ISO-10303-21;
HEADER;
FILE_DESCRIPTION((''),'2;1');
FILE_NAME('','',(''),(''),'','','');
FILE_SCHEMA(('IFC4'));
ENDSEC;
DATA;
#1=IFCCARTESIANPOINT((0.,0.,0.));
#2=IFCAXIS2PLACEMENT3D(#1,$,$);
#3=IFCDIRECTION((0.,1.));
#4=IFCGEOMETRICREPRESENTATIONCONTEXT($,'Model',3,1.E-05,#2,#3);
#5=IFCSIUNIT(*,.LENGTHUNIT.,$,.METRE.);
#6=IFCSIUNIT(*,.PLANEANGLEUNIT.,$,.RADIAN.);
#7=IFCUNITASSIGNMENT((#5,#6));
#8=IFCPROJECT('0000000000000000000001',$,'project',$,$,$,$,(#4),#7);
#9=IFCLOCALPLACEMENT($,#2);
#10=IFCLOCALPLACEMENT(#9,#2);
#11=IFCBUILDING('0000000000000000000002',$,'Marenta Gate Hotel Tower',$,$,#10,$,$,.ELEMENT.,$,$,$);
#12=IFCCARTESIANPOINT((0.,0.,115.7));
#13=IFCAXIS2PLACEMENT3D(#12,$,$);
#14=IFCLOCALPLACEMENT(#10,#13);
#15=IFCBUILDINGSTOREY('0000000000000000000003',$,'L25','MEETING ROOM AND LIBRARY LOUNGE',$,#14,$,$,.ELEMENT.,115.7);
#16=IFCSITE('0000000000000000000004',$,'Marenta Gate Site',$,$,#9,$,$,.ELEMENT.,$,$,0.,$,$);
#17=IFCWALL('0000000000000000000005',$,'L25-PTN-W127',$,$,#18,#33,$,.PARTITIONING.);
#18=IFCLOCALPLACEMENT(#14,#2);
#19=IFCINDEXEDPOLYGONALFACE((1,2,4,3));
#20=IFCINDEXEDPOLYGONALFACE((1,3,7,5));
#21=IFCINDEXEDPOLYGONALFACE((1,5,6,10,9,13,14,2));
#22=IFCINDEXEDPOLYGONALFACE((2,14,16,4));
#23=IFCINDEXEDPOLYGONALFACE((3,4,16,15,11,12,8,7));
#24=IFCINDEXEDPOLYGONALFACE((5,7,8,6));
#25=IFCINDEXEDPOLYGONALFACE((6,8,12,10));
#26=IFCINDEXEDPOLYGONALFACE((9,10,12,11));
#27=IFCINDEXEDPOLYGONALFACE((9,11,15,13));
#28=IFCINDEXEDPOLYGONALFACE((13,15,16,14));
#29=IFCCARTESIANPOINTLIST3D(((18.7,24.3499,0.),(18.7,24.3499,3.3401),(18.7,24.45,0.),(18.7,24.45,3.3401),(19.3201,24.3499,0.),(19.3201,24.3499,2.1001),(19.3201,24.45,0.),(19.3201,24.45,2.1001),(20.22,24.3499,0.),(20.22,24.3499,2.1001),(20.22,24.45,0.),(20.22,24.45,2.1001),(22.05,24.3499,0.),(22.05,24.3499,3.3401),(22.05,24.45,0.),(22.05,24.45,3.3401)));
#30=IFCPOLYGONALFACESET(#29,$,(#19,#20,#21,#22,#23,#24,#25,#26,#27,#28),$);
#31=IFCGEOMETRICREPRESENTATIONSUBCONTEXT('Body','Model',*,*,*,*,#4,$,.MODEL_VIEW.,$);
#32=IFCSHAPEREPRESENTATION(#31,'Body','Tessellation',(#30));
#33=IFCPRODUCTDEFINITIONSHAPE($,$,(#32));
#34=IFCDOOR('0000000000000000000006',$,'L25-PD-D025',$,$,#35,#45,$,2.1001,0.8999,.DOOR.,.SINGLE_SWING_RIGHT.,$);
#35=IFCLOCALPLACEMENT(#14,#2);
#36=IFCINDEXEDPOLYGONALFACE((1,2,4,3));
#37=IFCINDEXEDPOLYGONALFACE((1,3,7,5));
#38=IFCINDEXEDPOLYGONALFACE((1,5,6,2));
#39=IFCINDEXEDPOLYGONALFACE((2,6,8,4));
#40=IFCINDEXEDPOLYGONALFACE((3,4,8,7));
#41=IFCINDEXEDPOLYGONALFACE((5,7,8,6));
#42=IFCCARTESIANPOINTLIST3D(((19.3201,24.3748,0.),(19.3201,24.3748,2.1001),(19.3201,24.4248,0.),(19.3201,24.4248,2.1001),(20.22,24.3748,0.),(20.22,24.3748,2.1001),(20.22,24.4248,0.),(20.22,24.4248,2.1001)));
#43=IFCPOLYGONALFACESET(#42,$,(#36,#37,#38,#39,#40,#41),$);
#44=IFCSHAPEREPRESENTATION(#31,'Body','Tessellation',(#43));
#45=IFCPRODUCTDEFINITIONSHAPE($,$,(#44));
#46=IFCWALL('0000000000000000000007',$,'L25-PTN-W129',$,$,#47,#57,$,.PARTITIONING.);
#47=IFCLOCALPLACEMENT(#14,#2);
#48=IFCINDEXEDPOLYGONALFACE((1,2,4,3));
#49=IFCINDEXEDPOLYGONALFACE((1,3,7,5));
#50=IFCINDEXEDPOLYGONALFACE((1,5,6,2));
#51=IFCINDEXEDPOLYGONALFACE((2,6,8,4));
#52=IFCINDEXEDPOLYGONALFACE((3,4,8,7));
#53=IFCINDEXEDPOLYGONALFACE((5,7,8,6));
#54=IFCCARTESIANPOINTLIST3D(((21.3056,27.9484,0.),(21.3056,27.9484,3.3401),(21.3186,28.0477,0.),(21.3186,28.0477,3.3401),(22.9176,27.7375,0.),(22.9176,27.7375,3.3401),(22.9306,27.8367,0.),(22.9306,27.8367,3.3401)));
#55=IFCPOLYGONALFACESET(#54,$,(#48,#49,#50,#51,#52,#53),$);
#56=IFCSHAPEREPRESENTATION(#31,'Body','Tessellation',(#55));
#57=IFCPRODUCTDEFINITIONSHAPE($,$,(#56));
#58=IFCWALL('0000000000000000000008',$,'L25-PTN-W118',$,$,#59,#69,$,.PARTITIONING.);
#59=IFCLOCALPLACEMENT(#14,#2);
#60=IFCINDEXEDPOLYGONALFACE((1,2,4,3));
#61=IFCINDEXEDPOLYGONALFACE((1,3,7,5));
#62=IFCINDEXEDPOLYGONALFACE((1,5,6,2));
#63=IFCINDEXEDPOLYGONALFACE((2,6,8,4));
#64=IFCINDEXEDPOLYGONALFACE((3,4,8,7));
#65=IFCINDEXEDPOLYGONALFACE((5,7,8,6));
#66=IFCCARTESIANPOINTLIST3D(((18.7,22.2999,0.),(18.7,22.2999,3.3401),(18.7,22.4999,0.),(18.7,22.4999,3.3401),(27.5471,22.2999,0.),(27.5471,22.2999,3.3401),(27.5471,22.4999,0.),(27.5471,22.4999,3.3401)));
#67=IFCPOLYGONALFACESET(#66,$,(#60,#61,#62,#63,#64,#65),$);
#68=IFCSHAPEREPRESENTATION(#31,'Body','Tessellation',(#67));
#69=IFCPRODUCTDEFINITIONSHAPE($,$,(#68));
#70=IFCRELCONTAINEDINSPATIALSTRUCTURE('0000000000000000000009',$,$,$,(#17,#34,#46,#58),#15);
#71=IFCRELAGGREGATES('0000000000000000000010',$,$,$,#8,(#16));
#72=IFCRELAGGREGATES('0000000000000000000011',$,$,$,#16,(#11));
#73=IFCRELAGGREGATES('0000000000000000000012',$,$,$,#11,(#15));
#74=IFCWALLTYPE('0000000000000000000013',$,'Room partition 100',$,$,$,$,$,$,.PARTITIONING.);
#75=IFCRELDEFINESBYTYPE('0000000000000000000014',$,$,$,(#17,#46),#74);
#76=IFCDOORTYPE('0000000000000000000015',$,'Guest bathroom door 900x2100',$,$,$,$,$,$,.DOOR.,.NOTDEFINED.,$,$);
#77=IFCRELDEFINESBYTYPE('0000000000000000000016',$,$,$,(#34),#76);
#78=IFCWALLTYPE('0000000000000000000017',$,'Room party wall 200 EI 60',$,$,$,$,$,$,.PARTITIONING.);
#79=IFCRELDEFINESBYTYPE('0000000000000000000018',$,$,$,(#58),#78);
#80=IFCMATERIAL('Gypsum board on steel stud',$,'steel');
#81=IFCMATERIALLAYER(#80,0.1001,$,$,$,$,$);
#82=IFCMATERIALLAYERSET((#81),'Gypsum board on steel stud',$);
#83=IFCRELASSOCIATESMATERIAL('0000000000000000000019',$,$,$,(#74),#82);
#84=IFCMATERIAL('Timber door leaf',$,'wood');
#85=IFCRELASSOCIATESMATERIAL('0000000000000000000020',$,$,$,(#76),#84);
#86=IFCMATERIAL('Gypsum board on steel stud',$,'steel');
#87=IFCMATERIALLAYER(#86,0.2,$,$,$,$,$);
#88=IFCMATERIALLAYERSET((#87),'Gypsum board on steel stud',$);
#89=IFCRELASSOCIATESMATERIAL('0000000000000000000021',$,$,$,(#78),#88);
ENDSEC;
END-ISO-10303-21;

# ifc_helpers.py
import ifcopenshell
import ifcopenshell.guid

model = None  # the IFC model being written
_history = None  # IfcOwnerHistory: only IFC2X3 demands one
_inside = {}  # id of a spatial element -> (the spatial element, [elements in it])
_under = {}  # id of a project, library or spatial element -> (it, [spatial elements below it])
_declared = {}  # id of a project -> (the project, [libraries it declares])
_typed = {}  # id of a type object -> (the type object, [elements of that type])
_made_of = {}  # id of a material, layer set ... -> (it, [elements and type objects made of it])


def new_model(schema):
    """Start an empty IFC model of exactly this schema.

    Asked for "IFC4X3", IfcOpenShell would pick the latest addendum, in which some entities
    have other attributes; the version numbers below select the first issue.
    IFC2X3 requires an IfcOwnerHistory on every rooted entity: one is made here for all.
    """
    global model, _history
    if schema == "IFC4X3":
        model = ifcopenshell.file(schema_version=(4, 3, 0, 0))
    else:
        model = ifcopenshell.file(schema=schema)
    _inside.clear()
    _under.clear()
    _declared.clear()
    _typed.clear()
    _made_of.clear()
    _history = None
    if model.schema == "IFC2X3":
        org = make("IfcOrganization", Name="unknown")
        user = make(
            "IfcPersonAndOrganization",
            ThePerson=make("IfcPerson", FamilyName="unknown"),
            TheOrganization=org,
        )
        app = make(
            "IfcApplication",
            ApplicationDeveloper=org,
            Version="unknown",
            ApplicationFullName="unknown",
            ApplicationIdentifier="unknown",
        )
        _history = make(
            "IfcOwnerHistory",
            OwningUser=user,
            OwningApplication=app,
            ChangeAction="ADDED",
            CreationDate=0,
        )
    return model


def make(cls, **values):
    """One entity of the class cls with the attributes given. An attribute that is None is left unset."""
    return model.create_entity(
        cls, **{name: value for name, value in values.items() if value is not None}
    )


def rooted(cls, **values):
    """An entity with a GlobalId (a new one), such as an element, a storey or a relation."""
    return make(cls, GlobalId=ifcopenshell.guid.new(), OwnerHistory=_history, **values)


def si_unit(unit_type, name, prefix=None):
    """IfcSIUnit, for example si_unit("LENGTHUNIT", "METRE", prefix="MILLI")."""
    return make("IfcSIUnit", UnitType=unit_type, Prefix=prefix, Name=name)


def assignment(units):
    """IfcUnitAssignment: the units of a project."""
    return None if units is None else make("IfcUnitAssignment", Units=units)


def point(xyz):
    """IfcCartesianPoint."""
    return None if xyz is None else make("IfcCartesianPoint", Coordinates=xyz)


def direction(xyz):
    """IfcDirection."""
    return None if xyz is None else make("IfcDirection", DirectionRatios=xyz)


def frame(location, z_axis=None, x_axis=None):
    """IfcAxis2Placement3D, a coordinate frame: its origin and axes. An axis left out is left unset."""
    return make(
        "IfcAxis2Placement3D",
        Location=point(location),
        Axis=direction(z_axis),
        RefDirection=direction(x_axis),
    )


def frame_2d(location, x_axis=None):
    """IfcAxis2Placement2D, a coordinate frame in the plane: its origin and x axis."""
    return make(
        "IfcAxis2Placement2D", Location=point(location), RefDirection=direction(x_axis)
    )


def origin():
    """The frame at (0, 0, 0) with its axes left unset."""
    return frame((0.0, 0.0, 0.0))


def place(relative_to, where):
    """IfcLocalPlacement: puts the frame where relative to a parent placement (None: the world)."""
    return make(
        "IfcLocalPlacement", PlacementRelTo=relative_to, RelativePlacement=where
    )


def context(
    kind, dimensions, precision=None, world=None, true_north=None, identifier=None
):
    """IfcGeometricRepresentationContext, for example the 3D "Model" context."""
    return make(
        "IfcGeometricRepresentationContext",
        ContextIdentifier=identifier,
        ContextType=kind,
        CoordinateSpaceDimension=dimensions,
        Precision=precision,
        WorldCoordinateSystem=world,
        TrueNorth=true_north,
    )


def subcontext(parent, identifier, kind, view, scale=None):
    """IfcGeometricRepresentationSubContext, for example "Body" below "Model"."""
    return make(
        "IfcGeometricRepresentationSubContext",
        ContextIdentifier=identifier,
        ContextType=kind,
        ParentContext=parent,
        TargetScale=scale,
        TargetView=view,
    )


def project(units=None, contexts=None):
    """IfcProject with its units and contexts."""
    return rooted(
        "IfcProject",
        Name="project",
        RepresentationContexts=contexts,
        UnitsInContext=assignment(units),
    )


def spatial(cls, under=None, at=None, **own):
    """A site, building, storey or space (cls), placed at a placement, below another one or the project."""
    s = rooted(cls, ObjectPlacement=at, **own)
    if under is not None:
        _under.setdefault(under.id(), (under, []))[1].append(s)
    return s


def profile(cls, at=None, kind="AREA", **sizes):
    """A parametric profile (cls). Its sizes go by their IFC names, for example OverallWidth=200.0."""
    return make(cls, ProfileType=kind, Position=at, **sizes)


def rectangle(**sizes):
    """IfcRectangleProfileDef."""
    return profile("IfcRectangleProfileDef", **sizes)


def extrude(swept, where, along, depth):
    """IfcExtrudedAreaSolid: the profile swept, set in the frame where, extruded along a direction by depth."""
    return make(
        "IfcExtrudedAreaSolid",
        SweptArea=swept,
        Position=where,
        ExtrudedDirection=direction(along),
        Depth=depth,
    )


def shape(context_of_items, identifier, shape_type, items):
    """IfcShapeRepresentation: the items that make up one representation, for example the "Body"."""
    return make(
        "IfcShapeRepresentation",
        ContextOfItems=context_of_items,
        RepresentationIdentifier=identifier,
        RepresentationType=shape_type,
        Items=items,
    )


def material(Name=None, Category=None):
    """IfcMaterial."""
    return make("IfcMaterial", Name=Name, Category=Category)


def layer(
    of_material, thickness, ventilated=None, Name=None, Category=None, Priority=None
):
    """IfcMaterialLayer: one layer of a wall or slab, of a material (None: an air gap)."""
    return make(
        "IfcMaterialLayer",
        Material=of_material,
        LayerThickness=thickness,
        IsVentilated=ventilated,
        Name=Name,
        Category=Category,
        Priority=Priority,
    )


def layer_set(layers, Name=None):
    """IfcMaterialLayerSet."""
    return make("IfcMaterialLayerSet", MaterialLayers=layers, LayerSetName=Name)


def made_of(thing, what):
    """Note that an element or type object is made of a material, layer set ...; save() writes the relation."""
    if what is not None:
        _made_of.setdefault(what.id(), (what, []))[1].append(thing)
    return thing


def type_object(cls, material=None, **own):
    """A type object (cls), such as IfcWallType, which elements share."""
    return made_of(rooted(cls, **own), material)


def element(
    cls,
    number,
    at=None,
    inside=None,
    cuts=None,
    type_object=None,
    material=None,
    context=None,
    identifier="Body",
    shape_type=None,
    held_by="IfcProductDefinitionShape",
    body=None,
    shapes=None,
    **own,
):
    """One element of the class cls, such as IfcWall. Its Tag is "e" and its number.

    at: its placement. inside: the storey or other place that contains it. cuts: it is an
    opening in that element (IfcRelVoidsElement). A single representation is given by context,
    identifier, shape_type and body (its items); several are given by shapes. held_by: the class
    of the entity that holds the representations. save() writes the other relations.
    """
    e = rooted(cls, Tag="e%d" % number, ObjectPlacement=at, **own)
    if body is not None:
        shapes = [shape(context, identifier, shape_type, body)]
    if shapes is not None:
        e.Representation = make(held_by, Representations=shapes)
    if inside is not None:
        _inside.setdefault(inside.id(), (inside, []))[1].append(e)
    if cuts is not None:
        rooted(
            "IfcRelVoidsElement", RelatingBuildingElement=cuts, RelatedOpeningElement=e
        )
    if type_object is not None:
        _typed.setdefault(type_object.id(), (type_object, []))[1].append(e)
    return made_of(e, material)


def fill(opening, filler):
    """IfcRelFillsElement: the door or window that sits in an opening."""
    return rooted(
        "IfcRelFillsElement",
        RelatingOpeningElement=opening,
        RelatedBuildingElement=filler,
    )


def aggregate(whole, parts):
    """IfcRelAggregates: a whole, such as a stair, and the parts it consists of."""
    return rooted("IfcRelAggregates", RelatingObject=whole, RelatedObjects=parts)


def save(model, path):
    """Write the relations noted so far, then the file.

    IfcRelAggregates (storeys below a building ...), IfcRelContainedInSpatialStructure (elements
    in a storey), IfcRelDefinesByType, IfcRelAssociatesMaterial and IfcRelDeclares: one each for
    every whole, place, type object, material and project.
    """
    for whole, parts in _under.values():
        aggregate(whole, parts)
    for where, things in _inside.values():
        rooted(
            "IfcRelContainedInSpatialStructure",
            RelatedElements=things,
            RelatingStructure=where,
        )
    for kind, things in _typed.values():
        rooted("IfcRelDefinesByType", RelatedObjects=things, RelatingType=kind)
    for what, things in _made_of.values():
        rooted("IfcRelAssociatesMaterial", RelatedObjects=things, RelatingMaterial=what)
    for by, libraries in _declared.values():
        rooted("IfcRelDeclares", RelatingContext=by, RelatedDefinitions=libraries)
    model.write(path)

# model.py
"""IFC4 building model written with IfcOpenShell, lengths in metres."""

from ifc_helpers import new_model, si_unit, direction, frame, frame_2d, origin, place, context, subcontext, project, spatial, rectangle, extrude, material, layer, layer_set, type_object, element, fill, save


model = new_model("IFC4")

# Units and contexts
model_context = context("Model", 3, precision=1e-05, world=origin(), true_north=direction((0.0, 1.0)))
body_context = subcontext(model_context, "Body", "Model", "MODEL_VIEW")
ifc_project = project(units=[si_unit("LENGTHUNIT", "METRE"), si_unit("PLANEANGLEUNIT", "RADIAN")], contexts=[model_context])

# Site, building, storey
site_placement = place(None, origin())
site = spatial("IfcSite", under=ifc_project, at=site_placement, Name="Marenta Gate Site", CompositionType="ELEMENT", RefElevation=0.0)
building_placement = place(site_placement, origin())
building = spatial("IfcBuilding", under=site, at=building_placement, Name="Marenta Gate Hotel Tower", CompositionType="ELEMENT")
storey_placement = place(building_placement, frame((0.0, 0.0, 115.7)))
storey = spatial("IfcBuildingStorey", under=building, at=storey_placement, Name="L25", Description="MEETING ROOM AND LIBRARY LOUNGE", CompositionType="ELEMENT", Elevation=115.7)

# Shared definitions
ifc_material_1 = material(Name="Gypsum board on steel stud", Category="steel")
ifc_layer_1 = layer(ifc_material_1, 0.1001)
ifc_layer_set_1 = layer_set([ifc_layer_1], Name="Gypsum board on steel stud")
wall_type_1 = type_object("IfcWallType", Name="Room partition 100", PredefinedType="PARTITIONING", material=ifc_layer_set_1)

# Wall, opening, door
wall_1_placement = place(storey_placement, frame((18.7, 24.3999, 0.0), z_axis=(0.0, 0.0, 1.0), x_axis=(1.0, 0.0, 0.0)))
wall_1 = element("IfcWall", 1, at=wall_1_placement, inside=storey, type_object=wall_type_1, Name="L25-PTN-W127", PredefinedType="PARTITIONING", context=body_context, shape_type="SweptSolid", body=[
    extrude(rectangle(XDim=3.3501, YDim=0.1001, at=frame_2d((1.675, 0.0))), origin(), (0.0, 0.0, 1.0), 3.3401),
])
opening_1_placement = place(wall_1_placement, frame((0.6201, 0.0, 0.0)))
opening_1 = element("IfcOpeningElement", 2, at=opening_1_placement, cuts=wall_1, PredefinedType="OPENING", context=body_context, shape_type="SweptSolid", body=[
    extrude(rectangle(XDim=0.8999, YDim=2.1001, at=frame_2d((0.45, 1.05))), frame((0.0, 0.05, 0.0), z_axis=(0.0, -1.0, 0.0), x_axis=(1.0, 0.0, 0.0)), (0.0, 0.0, 1.0), 0.1001),
])
ifc_material_2 = material(Name="Timber door leaf", Category="wood")
door_type = type_object("IfcDoorType", Name="Guest bathroom door 900x2100", OperationType="NOTDEFINED", PredefinedType="DOOR", material=ifc_material_2)
door_placement = place(opening_1_placement, origin())
door = element("IfcDoor", 3, at=door_placement, inside=storey, type_object=door_type, Name="L25-PD-D025", OperationType="SINGLE_SWING_RIGHT", OverallHeight=2.1001, OverallWidth=0.8999, PredefinedType="DOOR", context=body_context, shape_type="SweptSolid", body=[
    extrude(rectangle(XDim=0.8999, YDim=2.1001, at=frame_2d((0.45, 1.05))), frame((0.0, 0.0249, 0.0), z_axis=(0.0, -1.0, 0.0), x_axis=(1.0, 0.0, 0.0)), (0.0, 0.0, 1.0), 0.05),
])
fill(opening_1, door)

# Walls
wall_2_placement = place(storey_placement, frame((21.312, 27.998, 0.0), z_axis=(0.0, 0.0, 1.0), x_axis=(0.991548, -0.129744, 0.0)))
element("IfcWall", 4, at=wall_2_placement, inside=storey, type_object=wall_type_1, Name="L25-PTN-W129", PredefinedType="PARTITIONING", context=body_context, shape_type="SweptSolid", body=[
    extrude(rectangle(XDim=1.6257, YDim=0.1001, at=frame_2d((0.813, 0.0))), origin(), (0.0, 0.0, 1.0), 3.3401),
])
ifc_material_3 = material(Name="Gypsum board on steel stud", Category="steel")
ifc_layer_2 = layer(ifc_material_3, 0.2)
ifc_layer_set_2 = layer_set([ifc_layer_2], Name="Gypsum board on steel stud")
wall_type_2 = type_object("IfcWallType", Name="Room party wall 200 EI 60", PredefinedType="PARTITIONING", material=ifc_layer_set_2)
wall_3_placement = place(storey_placement, frame((18.7, 22.3999, 0.0), z_axis=(0.0, 0.0, 1.0), x_axis=(1.0, 0.0, 0.0)))
element("IfcWall", 5, at=wall_3_placement, inside=storey, type_object=wall_type_2, Name="L25-PTN-W118", PredefinedType="PARTITIONING", context=body_context, shape_type="SweptSolid", body=[
    extrude(rectangle(XDim=8.8472, YDim=0.2, at=frame_2d((4.4236, 0.0))), origin(), (0.0, 0.0, 1.0), 3.3401),
])

save(model, "model.ifc")
